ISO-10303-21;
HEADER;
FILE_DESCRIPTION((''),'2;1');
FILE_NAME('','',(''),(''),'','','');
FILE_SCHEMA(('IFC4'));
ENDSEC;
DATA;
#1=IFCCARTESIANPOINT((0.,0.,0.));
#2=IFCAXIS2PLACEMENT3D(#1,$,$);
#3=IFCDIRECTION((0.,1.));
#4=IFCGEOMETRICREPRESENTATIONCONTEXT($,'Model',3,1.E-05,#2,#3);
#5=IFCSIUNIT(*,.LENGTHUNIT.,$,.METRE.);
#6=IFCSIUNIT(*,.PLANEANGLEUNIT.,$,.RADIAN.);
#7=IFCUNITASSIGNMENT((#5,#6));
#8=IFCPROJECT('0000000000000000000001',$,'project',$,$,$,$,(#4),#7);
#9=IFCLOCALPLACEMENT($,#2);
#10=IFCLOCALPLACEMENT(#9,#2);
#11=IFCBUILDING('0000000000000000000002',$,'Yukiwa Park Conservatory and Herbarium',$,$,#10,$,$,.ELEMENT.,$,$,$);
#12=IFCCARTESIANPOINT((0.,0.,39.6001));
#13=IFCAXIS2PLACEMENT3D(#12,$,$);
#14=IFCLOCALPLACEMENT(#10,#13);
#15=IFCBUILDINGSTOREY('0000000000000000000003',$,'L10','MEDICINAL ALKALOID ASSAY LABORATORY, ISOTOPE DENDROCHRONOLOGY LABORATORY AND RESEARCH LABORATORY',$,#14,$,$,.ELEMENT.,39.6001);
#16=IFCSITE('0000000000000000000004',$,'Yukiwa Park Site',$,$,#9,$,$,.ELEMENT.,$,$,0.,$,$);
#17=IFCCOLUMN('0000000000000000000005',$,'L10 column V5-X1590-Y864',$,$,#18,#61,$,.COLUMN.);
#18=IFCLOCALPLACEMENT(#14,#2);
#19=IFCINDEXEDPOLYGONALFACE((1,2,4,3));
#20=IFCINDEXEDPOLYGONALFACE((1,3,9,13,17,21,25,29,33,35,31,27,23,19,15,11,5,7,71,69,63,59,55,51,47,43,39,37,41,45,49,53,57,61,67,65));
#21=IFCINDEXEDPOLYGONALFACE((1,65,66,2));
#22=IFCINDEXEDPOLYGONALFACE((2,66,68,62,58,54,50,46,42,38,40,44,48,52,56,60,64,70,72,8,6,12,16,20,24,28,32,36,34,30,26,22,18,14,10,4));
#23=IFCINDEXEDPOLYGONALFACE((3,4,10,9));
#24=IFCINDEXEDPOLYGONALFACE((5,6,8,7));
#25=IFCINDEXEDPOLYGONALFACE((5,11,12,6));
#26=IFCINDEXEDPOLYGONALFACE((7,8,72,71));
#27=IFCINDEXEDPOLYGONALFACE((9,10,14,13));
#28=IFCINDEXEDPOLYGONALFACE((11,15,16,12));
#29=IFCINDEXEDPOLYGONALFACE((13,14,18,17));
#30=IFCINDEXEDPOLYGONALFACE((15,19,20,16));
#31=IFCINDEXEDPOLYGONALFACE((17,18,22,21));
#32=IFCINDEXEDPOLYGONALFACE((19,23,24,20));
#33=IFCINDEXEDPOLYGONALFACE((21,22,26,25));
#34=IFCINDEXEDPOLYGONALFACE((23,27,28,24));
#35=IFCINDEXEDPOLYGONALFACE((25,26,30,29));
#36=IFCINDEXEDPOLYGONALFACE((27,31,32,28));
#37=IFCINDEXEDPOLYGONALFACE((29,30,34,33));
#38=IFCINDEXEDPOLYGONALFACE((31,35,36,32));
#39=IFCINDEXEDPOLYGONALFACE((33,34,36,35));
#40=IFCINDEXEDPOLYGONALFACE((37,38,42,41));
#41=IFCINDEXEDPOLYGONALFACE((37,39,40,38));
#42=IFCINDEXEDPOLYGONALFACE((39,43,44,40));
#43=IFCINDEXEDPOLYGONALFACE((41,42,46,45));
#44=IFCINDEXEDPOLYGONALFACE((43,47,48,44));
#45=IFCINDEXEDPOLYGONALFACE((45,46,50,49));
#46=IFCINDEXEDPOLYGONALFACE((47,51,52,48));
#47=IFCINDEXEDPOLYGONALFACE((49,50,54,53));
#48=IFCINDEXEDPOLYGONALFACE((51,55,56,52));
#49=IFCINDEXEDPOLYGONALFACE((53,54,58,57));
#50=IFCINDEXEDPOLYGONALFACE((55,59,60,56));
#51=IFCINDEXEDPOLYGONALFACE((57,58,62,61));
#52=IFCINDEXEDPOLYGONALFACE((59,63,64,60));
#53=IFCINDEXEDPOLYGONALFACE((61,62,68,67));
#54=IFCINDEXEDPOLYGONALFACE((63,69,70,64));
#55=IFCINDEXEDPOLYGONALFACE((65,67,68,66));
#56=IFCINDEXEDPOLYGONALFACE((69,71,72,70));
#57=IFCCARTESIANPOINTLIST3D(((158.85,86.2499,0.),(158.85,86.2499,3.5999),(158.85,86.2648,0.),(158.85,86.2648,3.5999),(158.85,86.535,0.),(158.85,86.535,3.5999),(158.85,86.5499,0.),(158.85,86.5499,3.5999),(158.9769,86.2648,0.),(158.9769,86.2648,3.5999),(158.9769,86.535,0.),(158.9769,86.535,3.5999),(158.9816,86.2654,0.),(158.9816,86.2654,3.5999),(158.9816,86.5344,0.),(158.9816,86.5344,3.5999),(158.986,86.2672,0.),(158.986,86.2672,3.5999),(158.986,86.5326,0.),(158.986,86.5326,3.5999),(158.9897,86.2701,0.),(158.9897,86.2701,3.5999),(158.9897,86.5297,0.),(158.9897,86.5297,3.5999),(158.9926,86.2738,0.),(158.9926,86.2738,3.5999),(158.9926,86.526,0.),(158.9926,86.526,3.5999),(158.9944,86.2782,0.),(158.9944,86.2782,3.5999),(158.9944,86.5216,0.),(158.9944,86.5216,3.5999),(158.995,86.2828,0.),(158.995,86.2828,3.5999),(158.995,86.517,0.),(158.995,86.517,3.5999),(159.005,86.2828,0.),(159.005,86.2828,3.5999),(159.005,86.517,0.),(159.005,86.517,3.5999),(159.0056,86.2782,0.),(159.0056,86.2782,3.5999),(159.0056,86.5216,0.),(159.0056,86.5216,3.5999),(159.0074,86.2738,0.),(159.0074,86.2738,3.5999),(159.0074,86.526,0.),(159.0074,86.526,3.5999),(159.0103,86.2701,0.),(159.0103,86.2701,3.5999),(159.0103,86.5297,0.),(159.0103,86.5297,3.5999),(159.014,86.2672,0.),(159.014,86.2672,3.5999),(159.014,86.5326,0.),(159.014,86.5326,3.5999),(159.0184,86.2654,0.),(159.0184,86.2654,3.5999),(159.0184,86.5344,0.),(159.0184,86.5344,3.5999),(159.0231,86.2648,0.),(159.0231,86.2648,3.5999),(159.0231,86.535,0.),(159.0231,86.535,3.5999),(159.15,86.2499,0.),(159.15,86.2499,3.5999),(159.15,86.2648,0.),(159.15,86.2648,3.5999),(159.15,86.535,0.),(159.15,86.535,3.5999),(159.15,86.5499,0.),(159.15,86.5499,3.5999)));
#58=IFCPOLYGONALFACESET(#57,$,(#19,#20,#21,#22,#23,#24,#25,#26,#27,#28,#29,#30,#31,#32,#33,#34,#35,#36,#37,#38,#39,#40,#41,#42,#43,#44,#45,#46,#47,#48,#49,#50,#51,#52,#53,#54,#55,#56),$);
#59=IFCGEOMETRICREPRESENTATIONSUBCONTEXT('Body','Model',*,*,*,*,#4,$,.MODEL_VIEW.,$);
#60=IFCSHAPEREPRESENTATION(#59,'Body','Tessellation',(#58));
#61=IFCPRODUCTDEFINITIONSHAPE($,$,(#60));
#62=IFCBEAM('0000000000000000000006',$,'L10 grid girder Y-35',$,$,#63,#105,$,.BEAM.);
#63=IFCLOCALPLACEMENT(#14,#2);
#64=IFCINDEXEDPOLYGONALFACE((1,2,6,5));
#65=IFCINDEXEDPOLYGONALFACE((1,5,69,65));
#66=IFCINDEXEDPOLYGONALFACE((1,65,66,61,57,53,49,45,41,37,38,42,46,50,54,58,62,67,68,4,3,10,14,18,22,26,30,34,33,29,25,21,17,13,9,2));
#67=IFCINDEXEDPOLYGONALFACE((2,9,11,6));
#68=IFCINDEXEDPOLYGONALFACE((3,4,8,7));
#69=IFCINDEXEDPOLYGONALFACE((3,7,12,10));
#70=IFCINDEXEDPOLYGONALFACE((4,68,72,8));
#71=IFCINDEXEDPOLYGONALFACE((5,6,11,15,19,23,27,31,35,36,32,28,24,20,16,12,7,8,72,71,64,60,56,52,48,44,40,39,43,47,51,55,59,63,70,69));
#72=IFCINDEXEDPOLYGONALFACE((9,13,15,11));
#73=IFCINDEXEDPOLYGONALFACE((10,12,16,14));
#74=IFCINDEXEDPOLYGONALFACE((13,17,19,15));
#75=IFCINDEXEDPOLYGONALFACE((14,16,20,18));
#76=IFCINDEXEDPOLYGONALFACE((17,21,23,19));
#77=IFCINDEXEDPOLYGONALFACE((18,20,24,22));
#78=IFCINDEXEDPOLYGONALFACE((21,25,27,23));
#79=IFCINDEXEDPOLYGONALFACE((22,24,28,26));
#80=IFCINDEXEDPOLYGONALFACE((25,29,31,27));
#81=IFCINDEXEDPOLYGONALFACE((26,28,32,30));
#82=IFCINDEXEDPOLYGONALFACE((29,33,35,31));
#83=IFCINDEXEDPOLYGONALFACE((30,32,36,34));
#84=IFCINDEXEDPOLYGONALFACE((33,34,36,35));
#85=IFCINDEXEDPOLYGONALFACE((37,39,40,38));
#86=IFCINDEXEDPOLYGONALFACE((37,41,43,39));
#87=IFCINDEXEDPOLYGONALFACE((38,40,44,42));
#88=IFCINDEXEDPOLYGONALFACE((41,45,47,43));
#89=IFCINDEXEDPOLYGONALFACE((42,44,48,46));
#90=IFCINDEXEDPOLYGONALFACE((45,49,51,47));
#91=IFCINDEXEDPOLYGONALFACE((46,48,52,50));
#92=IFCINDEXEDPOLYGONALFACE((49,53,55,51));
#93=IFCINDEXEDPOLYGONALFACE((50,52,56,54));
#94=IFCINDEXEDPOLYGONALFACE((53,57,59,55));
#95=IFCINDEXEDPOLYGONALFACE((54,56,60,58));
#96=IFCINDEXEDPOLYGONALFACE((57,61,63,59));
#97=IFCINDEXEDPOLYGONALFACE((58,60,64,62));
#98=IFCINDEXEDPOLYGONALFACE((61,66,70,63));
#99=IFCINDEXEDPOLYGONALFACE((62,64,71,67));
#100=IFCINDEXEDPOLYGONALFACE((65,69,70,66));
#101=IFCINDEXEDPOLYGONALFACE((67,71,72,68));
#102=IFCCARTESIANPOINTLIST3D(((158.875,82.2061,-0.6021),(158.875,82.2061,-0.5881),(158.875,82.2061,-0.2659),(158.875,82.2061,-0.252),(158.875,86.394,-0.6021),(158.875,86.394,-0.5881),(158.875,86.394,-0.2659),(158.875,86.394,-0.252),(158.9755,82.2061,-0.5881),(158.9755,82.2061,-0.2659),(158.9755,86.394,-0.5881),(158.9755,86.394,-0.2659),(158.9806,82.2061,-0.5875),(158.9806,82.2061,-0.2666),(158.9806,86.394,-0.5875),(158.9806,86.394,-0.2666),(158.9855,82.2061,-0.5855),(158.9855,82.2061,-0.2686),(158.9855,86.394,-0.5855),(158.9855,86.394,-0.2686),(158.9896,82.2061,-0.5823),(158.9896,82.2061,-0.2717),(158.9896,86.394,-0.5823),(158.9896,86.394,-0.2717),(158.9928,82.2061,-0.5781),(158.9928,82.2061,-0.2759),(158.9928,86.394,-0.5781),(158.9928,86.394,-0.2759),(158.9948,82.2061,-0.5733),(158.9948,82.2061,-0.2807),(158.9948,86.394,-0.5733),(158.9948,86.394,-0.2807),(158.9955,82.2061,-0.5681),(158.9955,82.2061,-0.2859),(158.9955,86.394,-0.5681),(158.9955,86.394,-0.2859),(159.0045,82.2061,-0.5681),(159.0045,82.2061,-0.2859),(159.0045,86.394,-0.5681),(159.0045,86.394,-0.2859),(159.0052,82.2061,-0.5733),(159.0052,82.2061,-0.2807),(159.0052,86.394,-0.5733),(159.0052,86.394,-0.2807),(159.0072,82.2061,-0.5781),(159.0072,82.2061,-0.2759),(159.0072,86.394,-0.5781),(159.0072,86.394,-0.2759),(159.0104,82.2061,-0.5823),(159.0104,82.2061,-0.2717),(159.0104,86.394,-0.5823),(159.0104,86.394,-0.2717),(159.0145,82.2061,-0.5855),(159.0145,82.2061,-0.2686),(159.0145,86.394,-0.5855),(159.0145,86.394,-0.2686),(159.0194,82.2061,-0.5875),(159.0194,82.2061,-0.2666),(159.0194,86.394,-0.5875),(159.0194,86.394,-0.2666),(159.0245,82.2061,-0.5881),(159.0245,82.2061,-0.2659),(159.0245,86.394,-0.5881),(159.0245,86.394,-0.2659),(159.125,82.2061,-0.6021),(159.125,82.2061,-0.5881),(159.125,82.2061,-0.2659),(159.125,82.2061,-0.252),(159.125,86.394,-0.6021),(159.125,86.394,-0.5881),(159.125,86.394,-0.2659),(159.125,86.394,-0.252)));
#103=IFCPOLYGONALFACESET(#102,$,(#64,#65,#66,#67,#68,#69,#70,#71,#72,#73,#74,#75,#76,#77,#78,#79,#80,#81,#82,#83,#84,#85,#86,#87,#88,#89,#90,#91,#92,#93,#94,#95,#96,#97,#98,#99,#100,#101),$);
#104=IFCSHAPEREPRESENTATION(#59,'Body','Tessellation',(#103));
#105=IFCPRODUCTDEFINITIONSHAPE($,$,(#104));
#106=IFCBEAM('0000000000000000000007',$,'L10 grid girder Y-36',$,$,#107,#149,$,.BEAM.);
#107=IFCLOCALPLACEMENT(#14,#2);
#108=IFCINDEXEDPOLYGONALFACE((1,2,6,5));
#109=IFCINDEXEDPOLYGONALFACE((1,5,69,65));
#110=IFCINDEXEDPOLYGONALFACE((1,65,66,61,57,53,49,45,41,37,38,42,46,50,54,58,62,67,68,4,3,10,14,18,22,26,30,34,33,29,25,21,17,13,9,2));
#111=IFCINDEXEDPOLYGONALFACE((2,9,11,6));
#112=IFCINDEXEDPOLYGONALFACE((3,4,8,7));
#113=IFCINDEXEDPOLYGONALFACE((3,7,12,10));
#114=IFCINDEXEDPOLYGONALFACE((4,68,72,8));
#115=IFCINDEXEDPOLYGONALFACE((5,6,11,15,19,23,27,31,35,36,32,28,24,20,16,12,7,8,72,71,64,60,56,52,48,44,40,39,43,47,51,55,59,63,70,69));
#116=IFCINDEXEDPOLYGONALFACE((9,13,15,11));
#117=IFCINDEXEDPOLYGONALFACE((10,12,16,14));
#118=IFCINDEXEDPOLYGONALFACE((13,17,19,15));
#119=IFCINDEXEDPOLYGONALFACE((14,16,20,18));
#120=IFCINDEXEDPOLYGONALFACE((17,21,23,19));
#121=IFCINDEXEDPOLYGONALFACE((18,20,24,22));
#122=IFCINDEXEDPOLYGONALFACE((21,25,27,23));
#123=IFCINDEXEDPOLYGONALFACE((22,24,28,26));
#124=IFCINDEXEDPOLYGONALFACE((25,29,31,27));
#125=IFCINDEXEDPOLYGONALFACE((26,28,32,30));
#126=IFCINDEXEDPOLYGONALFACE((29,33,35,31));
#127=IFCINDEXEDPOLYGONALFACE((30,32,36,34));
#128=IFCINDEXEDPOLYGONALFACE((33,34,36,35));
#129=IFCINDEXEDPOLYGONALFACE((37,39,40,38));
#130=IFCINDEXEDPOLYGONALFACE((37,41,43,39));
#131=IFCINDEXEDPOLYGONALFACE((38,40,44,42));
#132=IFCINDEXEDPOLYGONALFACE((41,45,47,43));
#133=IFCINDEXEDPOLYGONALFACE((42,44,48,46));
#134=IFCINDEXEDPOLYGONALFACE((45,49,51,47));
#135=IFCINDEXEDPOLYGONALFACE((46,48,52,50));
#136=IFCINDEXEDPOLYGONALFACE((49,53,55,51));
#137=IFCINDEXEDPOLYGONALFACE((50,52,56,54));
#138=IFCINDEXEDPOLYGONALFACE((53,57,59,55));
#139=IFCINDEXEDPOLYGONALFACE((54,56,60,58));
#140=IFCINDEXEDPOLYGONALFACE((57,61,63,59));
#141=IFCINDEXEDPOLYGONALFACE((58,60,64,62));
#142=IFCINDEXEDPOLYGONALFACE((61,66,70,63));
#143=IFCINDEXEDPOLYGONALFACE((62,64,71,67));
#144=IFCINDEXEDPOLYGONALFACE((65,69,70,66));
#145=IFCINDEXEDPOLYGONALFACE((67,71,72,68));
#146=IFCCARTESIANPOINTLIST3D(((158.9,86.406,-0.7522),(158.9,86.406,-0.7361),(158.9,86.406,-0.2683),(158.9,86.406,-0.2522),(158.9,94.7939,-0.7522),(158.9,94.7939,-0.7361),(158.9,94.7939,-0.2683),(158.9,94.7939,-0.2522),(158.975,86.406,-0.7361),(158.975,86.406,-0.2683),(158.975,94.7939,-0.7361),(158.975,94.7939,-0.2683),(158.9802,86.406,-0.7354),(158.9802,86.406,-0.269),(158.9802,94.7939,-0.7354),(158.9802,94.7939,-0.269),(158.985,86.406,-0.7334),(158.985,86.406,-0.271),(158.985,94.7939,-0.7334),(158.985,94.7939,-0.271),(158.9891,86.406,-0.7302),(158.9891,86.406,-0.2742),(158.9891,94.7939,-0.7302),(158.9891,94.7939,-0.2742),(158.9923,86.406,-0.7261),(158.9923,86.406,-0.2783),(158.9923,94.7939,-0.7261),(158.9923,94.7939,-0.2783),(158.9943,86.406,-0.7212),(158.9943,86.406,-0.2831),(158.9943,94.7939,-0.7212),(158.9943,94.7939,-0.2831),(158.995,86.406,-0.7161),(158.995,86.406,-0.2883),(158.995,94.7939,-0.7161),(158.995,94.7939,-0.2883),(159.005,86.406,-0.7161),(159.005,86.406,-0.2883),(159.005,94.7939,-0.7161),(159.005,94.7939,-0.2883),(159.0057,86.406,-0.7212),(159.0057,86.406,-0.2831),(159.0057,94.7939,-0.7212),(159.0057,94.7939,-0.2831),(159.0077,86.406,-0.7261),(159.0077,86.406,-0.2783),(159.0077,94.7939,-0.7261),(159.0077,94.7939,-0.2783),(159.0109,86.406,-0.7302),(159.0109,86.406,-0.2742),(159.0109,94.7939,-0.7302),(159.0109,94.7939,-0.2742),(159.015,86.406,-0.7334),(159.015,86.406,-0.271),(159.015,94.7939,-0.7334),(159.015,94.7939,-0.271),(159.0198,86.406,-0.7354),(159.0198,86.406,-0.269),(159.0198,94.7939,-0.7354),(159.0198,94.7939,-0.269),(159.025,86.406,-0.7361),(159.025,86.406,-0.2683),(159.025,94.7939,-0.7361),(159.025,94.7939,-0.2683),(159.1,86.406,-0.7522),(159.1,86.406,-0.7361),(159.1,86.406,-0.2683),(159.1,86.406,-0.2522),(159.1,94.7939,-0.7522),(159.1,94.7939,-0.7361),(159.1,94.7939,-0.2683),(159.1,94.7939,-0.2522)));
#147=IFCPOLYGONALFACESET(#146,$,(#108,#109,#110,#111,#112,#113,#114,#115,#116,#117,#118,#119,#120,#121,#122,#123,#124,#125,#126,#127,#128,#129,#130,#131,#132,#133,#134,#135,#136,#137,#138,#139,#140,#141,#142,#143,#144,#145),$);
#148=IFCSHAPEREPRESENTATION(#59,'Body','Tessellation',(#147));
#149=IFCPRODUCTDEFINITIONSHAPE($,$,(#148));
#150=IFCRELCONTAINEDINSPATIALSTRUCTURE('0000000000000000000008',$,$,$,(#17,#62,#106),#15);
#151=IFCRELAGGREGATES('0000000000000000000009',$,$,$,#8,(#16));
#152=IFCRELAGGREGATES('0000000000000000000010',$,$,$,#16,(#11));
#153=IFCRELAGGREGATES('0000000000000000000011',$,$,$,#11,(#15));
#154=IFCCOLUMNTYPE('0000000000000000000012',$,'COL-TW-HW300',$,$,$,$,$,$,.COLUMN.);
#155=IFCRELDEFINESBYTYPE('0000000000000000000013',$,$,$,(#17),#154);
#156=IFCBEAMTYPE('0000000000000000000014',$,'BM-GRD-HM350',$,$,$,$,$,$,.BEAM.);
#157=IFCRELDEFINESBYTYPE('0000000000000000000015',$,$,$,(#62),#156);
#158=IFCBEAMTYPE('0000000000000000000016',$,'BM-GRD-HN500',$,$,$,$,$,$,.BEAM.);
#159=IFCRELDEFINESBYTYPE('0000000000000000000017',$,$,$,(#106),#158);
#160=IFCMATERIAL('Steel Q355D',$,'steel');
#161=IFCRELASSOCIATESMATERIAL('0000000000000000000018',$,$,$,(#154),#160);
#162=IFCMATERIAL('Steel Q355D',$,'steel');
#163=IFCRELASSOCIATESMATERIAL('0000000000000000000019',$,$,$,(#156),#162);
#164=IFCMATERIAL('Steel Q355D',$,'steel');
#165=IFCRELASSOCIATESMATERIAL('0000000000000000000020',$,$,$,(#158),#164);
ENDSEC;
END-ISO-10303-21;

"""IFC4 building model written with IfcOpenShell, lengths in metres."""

from ifc_helpers import new_model, si_unit, direction, frame, origin, origin_2d, place, context, subcontext, project, spatial, i_section, extrude, material, material_profile, profile_set, type_object, element, save


model = new_model("IFC4")

# Units and contexts
model_context = context("Model", 3, precision=1e-05, world=origin(), true_north=direction((0.0, 1.0)))
body_context = subcontext(model_context, "Body", "Model", "MODEL_VIEW")
ifc_project = project(units=[si_unit("LENGTHUNIT", "METRE"), si_unit("PLANEANGLEUNIT", "RADIAN")], contexts=[model_context])

# Site, building, storey
site_placement = place(None, origin())
site = spatial("IfcSite", under=ifc_project, at=site_placement, Name="Yukiwa Park Site", CompositionType="ELEMENT", RefElevation=0.0)
building_placement = place(site_placement, origin())
building = spatial("IfcBuilding", under=site, at=building_placement, Name="Yukiwa Park Conservatory and Herbarium", CompositionType="ELEMENT")
storey_placement = place(building_placement, frame((0.0, 0.0, 39.6001)))
storey = spatial("IfcBuildingStorey", under=building, at=storey_placement, Name="L10", Description="MEDICINAL ALKALOID ASSAY LABORATORY, ISOTOPE DENDROCHRONOLOGY LABORATORY AND RESEARCH LABORATORY", CompositionType="ELEMENT", Elevation=39.6001)

# Column
ifc_material_1 = material(Name="Steel Q355D", Category="steel")
ifc_material_profile_1 = material_profile(ifc_material_1, i_section(OverallWidth=0.3, OverallDepth=0.3, WebThickness=0.01, FlangeThickness=0.0149, FilletRadius=0.0181, at=origin_2d()), Name="HW 300x300x10x15")
ifc_profile_set_1 = profile_set([ifc_material_profile_1], Name="Steel Q355D")
column_type_1 = type_object("IfcColumnType", Name="COL-TW-HW300", PredefinedType="COLUMN", material=ifc_profile_set_1)
column_1_placement = place(storey_placement, frame((159.0, 86.3999, 0.0), z_axis=(0.0, 0.0, 1.0), x_axis=(1.0, 0.0, 0.0)))
element("IfcColumn", 1, at=column_1_placement, inside=storey, type_object=column_type_1, Name="L10 column V5-X1590-Y864", PredefinedType="COLUMN", context=body_context, shape_type="SweptSolid", body=[
    extrude(i_section(OverallWidth=0.3, OverallDepth=0.3, WebThickness=0.01, FlangeThickness=0.0149, FilletRadius=0.0181, at=origin_2d()), origin(), (0.0, 0.0, 1.0), 3.5999),
])

# Beams
ifc_material_2 = material(Name="Steel Q355D", Category="steel")
ifc_material_profile_2 = material_profile(ifc_material_2, i_section(OverallWidth=0.25, OverallDepth=0.3501, WebThickness=0.009, FlangeThickness=0.0139, FilletRadius=0.02, at=origin_2d()), Name="HM 350x250x9x14")
ifc_profile_set_2 = profile_set([ifc_material_profile_2], Name="Steel Q355D")
beam_type_1 = type_object("IfcBeamType", Name="BM-GRD-HM350", PredefinedType="BEAM", material=ifc_profile_set_2)
beam_1_placement = place(storey_placement, frame((159.0, 82.2061, -0.427), z_axis=(0.0, 1.0, 0.0), x_axis=(-1.0, 0.0, 0.0)))
element("IfcBeam", 2, at=beam_1_placement, inside=storey, type_object=beam_type_1, Name="L10 grid girder Y-35", PredefinedType="BEAM", context=body_context, shape_type="SweptSolid", body=[
    extrude(i_section(OverallWidth=0.25, OverallDepth=0.3501, WebThickness=0.009, FlangeThickness=0.0139, FilletRadius=0.02, at=origin_2d()), origin(), (0.0, 0.0, 1.0), 4.188),
])
ifc_material_3 = material(Name="Steel Q355D", Category="steel")
ifc_material_profile_3 = material_profile(ifc_material_3, i_section(OverallWidth=0.2, OverallDepth=0.5, WebThickness=0.01, FlangeThickness=0.0161, FilletRadius=0.02, at=origin_2d()), Name="HN 500x200x10x16")
ifc_profile_set_3 = profile_set([ifc_material_profile_3], Name="Steel Q355D")
beam_type_2 = type_object("IfcBeamType", Name="BM-GRD-HN500", PredefinedType="BEAM", material=ifc_profile_set_3)
beam_2_placement = place(storey_placement, frame((159.0, 86.406, -0.5022), z_axis=(0.0, 1.0, 0.0), x_axis=(-1.0, 0.0, 0.0)))
element("IfcBeam", 3, at=beam_2_placement, inside=storey, type_object=beam_type_2, Name="L10 grid girder Y-36", PredefinedType="BEAM", context=body_context, shape_type="SweptSolid", body=[
    extrude(i_section(OverallWidth=0.2, OverallDepth=0.5, WebThickness=0.01, FlangeThickness=0.0161, FilletRadius=0.02, at=origin_2d()), origin(), (0.0, 0.0, 1.0), 8.3879),
])

save(model, "model.ifc")
